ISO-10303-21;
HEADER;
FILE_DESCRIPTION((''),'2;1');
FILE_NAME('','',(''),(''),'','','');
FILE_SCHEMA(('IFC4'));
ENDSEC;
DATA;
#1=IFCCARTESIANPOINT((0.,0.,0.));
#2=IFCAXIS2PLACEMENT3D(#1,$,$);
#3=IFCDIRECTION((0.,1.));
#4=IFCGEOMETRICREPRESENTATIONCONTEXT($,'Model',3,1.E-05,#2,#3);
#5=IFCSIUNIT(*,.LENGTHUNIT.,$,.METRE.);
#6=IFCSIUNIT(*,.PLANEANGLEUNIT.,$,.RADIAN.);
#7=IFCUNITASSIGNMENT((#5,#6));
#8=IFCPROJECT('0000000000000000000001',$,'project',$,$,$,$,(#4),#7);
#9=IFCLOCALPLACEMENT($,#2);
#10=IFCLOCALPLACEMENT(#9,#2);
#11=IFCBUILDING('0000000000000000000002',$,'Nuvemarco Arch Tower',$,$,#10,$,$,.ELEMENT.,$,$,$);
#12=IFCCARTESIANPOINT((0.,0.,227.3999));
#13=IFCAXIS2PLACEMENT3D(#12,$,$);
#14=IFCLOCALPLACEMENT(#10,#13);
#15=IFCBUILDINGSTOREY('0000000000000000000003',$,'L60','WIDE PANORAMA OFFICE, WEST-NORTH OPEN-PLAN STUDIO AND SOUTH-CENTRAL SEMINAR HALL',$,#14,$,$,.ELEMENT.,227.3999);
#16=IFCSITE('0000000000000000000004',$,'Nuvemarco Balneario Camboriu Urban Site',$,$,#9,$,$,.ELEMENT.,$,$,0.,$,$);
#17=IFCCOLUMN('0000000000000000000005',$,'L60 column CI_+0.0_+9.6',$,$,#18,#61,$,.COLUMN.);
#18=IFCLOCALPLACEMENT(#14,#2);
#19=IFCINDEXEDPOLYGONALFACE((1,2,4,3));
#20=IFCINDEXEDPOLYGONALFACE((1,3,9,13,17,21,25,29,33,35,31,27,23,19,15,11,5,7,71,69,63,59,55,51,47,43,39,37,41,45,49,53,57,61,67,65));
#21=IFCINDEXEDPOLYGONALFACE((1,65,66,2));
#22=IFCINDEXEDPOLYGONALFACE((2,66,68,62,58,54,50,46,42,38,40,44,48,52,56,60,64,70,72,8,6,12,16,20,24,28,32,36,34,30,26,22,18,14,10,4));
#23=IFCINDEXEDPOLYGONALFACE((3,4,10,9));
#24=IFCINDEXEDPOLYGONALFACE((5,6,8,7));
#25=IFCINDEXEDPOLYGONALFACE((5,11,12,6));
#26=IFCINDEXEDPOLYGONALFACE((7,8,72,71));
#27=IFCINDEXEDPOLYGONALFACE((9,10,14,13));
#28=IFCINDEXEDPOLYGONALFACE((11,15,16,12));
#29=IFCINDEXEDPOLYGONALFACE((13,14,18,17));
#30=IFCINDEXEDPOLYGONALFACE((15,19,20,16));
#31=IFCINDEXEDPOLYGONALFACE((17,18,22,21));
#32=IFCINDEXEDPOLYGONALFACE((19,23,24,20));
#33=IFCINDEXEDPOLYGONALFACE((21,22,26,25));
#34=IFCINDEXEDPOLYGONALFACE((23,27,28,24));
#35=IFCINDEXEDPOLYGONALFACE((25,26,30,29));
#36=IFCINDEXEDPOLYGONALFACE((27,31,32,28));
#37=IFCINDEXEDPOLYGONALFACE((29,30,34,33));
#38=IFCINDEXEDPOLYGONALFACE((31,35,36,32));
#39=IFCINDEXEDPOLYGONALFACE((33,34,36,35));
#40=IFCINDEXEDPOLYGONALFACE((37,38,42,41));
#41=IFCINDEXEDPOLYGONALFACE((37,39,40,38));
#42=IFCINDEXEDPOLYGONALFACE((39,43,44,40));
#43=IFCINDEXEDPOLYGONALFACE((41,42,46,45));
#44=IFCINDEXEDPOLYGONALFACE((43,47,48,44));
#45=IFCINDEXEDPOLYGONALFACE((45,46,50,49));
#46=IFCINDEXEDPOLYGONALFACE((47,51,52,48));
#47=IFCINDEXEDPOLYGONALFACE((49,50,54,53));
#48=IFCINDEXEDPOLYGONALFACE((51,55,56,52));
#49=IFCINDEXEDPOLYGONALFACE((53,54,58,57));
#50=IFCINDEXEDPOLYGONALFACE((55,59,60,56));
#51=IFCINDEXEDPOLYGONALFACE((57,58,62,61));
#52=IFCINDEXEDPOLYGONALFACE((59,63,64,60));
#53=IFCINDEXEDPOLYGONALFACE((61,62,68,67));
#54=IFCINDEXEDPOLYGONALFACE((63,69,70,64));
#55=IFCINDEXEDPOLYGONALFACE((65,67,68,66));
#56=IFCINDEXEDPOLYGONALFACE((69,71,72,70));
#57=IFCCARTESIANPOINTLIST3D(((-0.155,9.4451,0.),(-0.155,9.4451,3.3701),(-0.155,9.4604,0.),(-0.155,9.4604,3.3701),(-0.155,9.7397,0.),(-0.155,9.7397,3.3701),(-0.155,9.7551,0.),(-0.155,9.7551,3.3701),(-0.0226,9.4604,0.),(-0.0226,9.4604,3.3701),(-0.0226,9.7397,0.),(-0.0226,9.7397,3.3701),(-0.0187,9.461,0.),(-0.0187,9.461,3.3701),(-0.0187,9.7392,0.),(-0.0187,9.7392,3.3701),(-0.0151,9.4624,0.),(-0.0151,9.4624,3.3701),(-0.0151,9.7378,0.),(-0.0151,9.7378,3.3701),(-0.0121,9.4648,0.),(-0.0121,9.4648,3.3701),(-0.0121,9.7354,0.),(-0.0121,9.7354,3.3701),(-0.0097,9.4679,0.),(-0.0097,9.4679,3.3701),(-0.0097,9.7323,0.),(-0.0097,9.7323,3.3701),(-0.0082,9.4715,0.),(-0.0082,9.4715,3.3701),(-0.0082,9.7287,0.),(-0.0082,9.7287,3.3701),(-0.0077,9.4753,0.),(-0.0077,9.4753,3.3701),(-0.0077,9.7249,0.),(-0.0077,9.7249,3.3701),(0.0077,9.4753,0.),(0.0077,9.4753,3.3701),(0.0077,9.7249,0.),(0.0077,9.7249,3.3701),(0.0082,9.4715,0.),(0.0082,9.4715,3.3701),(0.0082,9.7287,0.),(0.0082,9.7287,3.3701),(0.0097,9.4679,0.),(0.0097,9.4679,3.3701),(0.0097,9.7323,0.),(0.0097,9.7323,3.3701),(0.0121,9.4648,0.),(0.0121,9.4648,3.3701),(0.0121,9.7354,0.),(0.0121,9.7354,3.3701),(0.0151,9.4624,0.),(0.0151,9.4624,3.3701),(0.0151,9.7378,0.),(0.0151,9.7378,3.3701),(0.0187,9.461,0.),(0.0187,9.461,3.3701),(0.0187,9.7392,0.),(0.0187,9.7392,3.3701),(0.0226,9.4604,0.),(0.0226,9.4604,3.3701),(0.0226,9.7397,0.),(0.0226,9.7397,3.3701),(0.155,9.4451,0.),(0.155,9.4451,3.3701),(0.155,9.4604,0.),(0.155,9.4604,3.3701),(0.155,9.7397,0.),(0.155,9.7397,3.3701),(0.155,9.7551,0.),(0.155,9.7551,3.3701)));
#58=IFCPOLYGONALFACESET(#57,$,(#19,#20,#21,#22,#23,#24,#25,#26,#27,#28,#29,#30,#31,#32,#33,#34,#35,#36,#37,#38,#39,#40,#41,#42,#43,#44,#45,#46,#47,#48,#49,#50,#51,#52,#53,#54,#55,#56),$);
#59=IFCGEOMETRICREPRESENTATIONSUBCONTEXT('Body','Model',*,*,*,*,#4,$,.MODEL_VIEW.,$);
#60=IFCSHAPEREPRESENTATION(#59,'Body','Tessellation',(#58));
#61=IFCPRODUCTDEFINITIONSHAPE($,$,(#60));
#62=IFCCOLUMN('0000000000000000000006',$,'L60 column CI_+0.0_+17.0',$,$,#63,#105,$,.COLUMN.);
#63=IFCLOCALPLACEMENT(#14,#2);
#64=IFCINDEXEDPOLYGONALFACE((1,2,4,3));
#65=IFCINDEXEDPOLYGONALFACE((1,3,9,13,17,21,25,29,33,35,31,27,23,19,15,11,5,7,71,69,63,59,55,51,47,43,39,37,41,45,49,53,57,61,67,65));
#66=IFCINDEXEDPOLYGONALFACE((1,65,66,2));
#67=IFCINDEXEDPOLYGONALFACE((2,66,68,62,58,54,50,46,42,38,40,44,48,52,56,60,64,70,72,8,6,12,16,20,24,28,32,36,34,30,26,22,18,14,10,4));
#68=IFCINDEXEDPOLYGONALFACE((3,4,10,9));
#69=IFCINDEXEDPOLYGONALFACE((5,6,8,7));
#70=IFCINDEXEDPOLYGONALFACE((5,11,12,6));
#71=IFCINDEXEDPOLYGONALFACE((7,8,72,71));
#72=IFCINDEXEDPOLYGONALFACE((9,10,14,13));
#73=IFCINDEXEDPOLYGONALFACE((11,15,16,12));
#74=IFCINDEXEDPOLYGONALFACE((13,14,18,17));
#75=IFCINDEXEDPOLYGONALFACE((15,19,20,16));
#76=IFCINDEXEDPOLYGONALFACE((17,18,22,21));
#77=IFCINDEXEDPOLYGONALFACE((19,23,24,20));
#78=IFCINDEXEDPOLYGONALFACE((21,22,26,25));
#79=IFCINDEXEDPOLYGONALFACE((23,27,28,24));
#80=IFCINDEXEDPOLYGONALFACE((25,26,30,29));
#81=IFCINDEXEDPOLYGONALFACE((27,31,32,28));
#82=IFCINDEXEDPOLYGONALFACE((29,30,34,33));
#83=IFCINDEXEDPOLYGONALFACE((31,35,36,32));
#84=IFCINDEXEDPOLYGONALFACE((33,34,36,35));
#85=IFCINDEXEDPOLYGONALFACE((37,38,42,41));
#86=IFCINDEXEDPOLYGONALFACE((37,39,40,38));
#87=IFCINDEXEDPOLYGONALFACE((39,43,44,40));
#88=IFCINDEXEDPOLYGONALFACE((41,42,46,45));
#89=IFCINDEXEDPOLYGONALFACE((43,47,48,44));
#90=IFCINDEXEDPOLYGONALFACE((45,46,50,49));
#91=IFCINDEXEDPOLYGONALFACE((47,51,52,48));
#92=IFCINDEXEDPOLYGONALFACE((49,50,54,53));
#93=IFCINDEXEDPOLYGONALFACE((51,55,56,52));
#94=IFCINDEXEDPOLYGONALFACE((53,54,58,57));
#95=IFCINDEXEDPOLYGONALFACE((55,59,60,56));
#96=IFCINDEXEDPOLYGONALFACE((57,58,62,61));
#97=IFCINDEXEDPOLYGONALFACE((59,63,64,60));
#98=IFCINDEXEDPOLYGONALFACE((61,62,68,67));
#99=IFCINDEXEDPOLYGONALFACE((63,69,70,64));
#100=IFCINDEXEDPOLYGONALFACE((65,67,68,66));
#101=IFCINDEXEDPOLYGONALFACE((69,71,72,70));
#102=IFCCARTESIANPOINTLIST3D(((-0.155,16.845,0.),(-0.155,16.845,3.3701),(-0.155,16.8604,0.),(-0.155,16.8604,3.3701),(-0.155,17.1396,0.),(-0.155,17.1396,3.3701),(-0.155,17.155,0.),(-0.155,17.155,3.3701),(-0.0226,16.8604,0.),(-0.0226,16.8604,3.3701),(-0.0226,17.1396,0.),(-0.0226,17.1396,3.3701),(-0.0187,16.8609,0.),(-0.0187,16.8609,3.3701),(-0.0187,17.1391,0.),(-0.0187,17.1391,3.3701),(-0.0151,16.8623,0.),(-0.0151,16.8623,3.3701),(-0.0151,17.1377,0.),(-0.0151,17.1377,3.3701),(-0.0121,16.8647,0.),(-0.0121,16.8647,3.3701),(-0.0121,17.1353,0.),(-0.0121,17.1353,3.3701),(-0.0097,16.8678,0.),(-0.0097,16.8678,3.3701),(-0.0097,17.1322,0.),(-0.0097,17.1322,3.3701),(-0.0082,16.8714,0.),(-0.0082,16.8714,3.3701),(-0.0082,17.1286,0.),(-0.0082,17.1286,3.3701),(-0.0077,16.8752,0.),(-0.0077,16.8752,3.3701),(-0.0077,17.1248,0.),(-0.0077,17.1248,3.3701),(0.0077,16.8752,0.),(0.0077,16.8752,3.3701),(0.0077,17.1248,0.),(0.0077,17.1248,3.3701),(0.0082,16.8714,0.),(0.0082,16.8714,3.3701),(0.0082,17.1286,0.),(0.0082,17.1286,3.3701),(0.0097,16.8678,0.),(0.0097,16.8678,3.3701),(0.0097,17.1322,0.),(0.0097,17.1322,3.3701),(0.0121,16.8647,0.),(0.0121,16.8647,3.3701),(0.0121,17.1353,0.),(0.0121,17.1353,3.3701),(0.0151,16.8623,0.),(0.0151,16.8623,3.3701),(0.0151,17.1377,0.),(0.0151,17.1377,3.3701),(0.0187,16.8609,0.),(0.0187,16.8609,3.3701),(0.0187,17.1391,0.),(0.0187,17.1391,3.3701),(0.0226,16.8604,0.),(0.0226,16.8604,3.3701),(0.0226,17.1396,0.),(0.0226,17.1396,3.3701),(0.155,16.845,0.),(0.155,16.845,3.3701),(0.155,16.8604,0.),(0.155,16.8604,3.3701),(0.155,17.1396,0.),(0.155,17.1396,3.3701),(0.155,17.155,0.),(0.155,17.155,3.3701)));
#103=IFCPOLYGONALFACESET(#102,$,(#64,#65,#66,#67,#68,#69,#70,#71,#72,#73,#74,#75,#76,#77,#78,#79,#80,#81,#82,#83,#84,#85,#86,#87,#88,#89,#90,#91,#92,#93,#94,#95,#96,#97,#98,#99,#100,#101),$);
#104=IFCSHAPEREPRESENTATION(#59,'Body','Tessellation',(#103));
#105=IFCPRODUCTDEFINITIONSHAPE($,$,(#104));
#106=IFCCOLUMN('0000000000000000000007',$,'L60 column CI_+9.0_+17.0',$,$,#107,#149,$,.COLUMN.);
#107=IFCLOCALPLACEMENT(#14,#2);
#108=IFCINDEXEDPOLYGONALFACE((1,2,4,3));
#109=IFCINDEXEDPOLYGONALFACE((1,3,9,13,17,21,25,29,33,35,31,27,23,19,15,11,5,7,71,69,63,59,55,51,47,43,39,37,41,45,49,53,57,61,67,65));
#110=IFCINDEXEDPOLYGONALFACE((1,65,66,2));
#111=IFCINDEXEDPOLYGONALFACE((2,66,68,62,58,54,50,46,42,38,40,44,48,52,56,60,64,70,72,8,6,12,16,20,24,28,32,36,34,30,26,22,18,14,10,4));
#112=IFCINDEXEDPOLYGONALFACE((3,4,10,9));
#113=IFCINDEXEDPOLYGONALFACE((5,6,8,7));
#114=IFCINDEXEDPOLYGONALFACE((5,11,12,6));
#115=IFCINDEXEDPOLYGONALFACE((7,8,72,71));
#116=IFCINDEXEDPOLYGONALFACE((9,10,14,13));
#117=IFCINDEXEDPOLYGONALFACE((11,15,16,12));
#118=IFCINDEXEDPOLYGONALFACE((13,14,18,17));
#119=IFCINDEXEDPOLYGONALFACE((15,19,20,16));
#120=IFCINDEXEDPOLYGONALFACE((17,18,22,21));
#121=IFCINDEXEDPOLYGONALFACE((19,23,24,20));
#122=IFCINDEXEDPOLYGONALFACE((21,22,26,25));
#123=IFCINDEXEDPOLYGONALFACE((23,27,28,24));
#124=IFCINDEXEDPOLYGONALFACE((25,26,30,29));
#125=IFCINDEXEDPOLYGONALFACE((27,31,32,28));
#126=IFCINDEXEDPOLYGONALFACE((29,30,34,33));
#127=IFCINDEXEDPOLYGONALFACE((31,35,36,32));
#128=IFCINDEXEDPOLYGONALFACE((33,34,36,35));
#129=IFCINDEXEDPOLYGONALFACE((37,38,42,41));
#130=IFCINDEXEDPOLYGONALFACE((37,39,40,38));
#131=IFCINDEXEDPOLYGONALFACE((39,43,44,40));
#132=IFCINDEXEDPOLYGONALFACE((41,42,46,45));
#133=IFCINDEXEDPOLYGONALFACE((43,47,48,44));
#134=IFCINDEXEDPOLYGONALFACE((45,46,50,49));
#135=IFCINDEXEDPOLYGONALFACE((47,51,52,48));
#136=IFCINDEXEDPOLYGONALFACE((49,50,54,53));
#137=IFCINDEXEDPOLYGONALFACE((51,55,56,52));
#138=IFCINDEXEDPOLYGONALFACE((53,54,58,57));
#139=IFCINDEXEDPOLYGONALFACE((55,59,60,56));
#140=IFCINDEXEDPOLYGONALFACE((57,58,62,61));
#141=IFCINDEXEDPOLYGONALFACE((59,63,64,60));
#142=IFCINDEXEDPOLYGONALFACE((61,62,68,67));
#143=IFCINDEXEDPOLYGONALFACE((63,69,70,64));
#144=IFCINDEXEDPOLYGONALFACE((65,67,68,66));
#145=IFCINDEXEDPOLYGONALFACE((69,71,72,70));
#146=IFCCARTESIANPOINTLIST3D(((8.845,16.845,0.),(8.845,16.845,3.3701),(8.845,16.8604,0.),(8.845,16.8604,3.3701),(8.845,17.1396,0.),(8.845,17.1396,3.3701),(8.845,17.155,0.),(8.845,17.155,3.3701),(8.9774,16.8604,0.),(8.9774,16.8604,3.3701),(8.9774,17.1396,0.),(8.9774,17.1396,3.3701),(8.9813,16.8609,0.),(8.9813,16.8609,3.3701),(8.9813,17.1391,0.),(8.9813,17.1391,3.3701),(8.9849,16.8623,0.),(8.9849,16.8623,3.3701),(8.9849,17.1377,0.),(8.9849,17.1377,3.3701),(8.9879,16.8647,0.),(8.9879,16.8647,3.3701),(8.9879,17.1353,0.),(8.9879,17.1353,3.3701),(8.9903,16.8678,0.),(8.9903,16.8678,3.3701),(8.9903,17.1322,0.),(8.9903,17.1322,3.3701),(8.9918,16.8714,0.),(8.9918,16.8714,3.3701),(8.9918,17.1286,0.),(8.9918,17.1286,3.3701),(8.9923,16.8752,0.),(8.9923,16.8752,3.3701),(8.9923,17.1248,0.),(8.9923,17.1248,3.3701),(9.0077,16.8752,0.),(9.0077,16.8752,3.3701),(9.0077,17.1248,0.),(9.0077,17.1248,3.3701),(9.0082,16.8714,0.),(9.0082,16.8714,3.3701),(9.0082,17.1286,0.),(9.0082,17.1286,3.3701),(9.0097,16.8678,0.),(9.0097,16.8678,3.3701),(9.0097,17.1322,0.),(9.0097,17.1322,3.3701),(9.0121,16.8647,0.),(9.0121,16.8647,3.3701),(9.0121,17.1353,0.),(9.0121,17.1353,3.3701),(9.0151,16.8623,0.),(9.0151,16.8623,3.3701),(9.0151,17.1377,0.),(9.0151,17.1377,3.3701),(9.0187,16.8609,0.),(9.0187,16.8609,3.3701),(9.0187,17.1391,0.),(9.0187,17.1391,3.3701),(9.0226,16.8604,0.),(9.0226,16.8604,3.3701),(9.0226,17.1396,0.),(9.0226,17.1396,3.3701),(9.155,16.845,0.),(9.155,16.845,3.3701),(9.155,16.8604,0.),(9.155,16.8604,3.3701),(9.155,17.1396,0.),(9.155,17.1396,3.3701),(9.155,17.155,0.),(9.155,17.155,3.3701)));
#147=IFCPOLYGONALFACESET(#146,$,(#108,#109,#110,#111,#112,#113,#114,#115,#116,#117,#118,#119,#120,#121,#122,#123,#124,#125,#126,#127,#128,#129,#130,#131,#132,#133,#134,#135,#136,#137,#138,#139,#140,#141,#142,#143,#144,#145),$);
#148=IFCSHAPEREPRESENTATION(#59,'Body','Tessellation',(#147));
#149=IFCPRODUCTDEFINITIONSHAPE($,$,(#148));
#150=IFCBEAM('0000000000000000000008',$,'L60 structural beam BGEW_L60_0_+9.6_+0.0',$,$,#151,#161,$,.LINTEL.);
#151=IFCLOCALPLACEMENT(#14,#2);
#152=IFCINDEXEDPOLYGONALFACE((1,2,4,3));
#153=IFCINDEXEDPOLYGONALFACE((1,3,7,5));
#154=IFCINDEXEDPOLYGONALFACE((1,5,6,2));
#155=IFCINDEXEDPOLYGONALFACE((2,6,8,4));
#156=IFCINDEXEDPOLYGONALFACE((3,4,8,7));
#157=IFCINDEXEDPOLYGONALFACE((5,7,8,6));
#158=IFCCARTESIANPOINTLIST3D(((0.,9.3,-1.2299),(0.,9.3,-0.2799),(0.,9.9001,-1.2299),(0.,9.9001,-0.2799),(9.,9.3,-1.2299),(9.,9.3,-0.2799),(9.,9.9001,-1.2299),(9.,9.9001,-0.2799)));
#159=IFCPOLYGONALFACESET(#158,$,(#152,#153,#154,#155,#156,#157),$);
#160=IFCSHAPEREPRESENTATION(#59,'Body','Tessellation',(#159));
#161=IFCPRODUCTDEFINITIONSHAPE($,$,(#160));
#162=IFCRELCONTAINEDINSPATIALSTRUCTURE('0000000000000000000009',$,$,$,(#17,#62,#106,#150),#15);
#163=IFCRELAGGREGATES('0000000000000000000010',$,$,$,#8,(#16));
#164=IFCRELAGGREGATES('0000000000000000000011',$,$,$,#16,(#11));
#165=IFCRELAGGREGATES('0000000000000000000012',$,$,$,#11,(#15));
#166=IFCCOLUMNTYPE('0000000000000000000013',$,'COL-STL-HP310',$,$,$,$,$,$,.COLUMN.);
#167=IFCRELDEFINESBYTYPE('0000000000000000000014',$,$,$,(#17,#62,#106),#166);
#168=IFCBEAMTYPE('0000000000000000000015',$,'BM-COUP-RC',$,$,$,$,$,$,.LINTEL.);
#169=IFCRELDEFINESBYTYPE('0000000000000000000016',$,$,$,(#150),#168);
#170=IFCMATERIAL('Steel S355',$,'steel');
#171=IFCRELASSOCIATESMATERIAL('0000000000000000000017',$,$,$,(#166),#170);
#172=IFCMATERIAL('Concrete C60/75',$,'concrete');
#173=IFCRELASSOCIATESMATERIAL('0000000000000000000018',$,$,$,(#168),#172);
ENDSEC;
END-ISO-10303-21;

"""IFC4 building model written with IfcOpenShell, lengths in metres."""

from ifc_helpers import new_model, si_unit, direction, frame, origin, origin_2d, place, context, subcontext, project, spatial, rectangle, i_section, extrude, material, material_profile, profile_set, type_object, element, save


model = new_model("IFC4")

# Units and contexts
model_context = context("Model", 3, precision=1e-05, world=origin(), true_north=direction((0.0, 1.0)))
body_context = subcontext(model_context, "Body", "Model", "MODEL_VIEW")
ifc_project = project(units=[si_unit("LENGTHUNIT", "METRE"), si_unit("PLANEANGLEUNIT", "RADIAN")], contexts=[model_context])

# Site, building, storey
site_placement = place(None, origin())
site = spatial("IfcSite", under=ifc_project, at=site_placement, Name="Nuvemarco Balneario Camboriu Urban Site", CompositionType="ELEMENT", RefElevation=0.0)
building_placement = place(site_placement, origin())
building = spatial("IfcBuilding", under=site, at=building_placement, Name="Nuvemarco Arch Tower", CompositionType="ELEMENT")
storey_placement = place(building_placement, frame((0.0, 0.0, 227.3999)))
storey = spatial("IfcBuildingStorey", under=building, at=storey_placement, Name="L60", Description="WIDE PANORAMA OFFICE, WEST-NORTH OPEN-PLAN STUDIO AND SOUTH-CENTRAL SEMINAR HALL", CompositionType="ELEMENT", Elevation=227.3999)

# Columns
ifc_material_1 = material(Name="Steel S355", Category="steel")
ifc_material_profile_1 = material_profile(ifc_material_1, i_section(OverallWidth=0.3101, OverallDepth=0.3101, WebThickness=0.0154, FlangeThickness=0.0154, FilletRadius=0.0149, at=origin_2d()), Name="HP310x110")
ifc_profile_set_1 = profile_set([ifc_material_profile_1], Name="Steel S355")
column_type_1 = type_object("IfcColumnType", Name="COL-STL-HP310", PredefinedType="COLUMN", material=ifc_profile_set_1)
for number, where, z_axis, x_axis, name in (
    (1, (0.0, 9.6001, 0.0), (0.0, 0.0, 1.0), (1.0, 0.0, 0.0), "L60 column CI_+0.0_+9.6"),
    (2, (0.0, 17.0, 0.0), (0.0, 0.0, 1.0), (1.0, 0.0, 0.0), "L60 column CI_+0.0_+17.0"),
    (3, (9.0, 17.0, 0.0), (0.0, 0.0, 1.0), (1.0, 0.0, 0.0), "L60 column CI_+9.0_+17.0"),
):
    element("IfcColumn", number, at=place(storey_placement, frame(where, z_axis=z_axis, x_axis=x_axis)), inside=storey, type_object=column_type_1, Name=name, PredefinedType="COLUMN", context=body_context, shape_type="SweptSolid", body=[
        extrude(i_section(OverallWidth=0.3101, OverallDepth=0.3101, WebThickness=0.0154, FlangeThickness=0.0154, FilletRadius=0.0149, at=origin_2d()), origin(), (0.0, 0.0, 1.0), 3.3701),
    ])

# Beam
ifc_material_2 = material(Name="Concrete C60/75", Category="concrete")
ifc_material_profile_2 = material_profile(ifc_material_2, rectangle(XDim=0.6001, YDim=0.95, at=origin_2d()), Name="RC-BM-600x950")
ifc_profile_set_2 = profile_set([ifc_material_profile_2], Name="Concrete C60/75")
beam_type_1 = type_object("IfcBeamType", Name="BM-COUP-RC", PredefinedType="LINTEL", material=ifc_profile_set_2)
beam_1_placement = place(storey_placement, frame((0.0, 9.6001, -0.7549), z_axis=(1.0, 0.0, 0.0), x_axis=(0.0, 1.0, 0.0)))
element("IfcBeam", 4, at=beam_1_placement, inside=storey, type_object=beam_type_1, Name="L60 structural beam BGEW_L60_0_+9.6_+0.0", PredefinedType="LINTEL", context=body_context, shape_type="SweptSolid", body=[
    extrude(rectangle(XDim=0.6001, YDim=0.95, at=origin_2d()), origin(), (0.0, 0.0, 1.0), 9.0),
])

save(model, "model.ifc")
